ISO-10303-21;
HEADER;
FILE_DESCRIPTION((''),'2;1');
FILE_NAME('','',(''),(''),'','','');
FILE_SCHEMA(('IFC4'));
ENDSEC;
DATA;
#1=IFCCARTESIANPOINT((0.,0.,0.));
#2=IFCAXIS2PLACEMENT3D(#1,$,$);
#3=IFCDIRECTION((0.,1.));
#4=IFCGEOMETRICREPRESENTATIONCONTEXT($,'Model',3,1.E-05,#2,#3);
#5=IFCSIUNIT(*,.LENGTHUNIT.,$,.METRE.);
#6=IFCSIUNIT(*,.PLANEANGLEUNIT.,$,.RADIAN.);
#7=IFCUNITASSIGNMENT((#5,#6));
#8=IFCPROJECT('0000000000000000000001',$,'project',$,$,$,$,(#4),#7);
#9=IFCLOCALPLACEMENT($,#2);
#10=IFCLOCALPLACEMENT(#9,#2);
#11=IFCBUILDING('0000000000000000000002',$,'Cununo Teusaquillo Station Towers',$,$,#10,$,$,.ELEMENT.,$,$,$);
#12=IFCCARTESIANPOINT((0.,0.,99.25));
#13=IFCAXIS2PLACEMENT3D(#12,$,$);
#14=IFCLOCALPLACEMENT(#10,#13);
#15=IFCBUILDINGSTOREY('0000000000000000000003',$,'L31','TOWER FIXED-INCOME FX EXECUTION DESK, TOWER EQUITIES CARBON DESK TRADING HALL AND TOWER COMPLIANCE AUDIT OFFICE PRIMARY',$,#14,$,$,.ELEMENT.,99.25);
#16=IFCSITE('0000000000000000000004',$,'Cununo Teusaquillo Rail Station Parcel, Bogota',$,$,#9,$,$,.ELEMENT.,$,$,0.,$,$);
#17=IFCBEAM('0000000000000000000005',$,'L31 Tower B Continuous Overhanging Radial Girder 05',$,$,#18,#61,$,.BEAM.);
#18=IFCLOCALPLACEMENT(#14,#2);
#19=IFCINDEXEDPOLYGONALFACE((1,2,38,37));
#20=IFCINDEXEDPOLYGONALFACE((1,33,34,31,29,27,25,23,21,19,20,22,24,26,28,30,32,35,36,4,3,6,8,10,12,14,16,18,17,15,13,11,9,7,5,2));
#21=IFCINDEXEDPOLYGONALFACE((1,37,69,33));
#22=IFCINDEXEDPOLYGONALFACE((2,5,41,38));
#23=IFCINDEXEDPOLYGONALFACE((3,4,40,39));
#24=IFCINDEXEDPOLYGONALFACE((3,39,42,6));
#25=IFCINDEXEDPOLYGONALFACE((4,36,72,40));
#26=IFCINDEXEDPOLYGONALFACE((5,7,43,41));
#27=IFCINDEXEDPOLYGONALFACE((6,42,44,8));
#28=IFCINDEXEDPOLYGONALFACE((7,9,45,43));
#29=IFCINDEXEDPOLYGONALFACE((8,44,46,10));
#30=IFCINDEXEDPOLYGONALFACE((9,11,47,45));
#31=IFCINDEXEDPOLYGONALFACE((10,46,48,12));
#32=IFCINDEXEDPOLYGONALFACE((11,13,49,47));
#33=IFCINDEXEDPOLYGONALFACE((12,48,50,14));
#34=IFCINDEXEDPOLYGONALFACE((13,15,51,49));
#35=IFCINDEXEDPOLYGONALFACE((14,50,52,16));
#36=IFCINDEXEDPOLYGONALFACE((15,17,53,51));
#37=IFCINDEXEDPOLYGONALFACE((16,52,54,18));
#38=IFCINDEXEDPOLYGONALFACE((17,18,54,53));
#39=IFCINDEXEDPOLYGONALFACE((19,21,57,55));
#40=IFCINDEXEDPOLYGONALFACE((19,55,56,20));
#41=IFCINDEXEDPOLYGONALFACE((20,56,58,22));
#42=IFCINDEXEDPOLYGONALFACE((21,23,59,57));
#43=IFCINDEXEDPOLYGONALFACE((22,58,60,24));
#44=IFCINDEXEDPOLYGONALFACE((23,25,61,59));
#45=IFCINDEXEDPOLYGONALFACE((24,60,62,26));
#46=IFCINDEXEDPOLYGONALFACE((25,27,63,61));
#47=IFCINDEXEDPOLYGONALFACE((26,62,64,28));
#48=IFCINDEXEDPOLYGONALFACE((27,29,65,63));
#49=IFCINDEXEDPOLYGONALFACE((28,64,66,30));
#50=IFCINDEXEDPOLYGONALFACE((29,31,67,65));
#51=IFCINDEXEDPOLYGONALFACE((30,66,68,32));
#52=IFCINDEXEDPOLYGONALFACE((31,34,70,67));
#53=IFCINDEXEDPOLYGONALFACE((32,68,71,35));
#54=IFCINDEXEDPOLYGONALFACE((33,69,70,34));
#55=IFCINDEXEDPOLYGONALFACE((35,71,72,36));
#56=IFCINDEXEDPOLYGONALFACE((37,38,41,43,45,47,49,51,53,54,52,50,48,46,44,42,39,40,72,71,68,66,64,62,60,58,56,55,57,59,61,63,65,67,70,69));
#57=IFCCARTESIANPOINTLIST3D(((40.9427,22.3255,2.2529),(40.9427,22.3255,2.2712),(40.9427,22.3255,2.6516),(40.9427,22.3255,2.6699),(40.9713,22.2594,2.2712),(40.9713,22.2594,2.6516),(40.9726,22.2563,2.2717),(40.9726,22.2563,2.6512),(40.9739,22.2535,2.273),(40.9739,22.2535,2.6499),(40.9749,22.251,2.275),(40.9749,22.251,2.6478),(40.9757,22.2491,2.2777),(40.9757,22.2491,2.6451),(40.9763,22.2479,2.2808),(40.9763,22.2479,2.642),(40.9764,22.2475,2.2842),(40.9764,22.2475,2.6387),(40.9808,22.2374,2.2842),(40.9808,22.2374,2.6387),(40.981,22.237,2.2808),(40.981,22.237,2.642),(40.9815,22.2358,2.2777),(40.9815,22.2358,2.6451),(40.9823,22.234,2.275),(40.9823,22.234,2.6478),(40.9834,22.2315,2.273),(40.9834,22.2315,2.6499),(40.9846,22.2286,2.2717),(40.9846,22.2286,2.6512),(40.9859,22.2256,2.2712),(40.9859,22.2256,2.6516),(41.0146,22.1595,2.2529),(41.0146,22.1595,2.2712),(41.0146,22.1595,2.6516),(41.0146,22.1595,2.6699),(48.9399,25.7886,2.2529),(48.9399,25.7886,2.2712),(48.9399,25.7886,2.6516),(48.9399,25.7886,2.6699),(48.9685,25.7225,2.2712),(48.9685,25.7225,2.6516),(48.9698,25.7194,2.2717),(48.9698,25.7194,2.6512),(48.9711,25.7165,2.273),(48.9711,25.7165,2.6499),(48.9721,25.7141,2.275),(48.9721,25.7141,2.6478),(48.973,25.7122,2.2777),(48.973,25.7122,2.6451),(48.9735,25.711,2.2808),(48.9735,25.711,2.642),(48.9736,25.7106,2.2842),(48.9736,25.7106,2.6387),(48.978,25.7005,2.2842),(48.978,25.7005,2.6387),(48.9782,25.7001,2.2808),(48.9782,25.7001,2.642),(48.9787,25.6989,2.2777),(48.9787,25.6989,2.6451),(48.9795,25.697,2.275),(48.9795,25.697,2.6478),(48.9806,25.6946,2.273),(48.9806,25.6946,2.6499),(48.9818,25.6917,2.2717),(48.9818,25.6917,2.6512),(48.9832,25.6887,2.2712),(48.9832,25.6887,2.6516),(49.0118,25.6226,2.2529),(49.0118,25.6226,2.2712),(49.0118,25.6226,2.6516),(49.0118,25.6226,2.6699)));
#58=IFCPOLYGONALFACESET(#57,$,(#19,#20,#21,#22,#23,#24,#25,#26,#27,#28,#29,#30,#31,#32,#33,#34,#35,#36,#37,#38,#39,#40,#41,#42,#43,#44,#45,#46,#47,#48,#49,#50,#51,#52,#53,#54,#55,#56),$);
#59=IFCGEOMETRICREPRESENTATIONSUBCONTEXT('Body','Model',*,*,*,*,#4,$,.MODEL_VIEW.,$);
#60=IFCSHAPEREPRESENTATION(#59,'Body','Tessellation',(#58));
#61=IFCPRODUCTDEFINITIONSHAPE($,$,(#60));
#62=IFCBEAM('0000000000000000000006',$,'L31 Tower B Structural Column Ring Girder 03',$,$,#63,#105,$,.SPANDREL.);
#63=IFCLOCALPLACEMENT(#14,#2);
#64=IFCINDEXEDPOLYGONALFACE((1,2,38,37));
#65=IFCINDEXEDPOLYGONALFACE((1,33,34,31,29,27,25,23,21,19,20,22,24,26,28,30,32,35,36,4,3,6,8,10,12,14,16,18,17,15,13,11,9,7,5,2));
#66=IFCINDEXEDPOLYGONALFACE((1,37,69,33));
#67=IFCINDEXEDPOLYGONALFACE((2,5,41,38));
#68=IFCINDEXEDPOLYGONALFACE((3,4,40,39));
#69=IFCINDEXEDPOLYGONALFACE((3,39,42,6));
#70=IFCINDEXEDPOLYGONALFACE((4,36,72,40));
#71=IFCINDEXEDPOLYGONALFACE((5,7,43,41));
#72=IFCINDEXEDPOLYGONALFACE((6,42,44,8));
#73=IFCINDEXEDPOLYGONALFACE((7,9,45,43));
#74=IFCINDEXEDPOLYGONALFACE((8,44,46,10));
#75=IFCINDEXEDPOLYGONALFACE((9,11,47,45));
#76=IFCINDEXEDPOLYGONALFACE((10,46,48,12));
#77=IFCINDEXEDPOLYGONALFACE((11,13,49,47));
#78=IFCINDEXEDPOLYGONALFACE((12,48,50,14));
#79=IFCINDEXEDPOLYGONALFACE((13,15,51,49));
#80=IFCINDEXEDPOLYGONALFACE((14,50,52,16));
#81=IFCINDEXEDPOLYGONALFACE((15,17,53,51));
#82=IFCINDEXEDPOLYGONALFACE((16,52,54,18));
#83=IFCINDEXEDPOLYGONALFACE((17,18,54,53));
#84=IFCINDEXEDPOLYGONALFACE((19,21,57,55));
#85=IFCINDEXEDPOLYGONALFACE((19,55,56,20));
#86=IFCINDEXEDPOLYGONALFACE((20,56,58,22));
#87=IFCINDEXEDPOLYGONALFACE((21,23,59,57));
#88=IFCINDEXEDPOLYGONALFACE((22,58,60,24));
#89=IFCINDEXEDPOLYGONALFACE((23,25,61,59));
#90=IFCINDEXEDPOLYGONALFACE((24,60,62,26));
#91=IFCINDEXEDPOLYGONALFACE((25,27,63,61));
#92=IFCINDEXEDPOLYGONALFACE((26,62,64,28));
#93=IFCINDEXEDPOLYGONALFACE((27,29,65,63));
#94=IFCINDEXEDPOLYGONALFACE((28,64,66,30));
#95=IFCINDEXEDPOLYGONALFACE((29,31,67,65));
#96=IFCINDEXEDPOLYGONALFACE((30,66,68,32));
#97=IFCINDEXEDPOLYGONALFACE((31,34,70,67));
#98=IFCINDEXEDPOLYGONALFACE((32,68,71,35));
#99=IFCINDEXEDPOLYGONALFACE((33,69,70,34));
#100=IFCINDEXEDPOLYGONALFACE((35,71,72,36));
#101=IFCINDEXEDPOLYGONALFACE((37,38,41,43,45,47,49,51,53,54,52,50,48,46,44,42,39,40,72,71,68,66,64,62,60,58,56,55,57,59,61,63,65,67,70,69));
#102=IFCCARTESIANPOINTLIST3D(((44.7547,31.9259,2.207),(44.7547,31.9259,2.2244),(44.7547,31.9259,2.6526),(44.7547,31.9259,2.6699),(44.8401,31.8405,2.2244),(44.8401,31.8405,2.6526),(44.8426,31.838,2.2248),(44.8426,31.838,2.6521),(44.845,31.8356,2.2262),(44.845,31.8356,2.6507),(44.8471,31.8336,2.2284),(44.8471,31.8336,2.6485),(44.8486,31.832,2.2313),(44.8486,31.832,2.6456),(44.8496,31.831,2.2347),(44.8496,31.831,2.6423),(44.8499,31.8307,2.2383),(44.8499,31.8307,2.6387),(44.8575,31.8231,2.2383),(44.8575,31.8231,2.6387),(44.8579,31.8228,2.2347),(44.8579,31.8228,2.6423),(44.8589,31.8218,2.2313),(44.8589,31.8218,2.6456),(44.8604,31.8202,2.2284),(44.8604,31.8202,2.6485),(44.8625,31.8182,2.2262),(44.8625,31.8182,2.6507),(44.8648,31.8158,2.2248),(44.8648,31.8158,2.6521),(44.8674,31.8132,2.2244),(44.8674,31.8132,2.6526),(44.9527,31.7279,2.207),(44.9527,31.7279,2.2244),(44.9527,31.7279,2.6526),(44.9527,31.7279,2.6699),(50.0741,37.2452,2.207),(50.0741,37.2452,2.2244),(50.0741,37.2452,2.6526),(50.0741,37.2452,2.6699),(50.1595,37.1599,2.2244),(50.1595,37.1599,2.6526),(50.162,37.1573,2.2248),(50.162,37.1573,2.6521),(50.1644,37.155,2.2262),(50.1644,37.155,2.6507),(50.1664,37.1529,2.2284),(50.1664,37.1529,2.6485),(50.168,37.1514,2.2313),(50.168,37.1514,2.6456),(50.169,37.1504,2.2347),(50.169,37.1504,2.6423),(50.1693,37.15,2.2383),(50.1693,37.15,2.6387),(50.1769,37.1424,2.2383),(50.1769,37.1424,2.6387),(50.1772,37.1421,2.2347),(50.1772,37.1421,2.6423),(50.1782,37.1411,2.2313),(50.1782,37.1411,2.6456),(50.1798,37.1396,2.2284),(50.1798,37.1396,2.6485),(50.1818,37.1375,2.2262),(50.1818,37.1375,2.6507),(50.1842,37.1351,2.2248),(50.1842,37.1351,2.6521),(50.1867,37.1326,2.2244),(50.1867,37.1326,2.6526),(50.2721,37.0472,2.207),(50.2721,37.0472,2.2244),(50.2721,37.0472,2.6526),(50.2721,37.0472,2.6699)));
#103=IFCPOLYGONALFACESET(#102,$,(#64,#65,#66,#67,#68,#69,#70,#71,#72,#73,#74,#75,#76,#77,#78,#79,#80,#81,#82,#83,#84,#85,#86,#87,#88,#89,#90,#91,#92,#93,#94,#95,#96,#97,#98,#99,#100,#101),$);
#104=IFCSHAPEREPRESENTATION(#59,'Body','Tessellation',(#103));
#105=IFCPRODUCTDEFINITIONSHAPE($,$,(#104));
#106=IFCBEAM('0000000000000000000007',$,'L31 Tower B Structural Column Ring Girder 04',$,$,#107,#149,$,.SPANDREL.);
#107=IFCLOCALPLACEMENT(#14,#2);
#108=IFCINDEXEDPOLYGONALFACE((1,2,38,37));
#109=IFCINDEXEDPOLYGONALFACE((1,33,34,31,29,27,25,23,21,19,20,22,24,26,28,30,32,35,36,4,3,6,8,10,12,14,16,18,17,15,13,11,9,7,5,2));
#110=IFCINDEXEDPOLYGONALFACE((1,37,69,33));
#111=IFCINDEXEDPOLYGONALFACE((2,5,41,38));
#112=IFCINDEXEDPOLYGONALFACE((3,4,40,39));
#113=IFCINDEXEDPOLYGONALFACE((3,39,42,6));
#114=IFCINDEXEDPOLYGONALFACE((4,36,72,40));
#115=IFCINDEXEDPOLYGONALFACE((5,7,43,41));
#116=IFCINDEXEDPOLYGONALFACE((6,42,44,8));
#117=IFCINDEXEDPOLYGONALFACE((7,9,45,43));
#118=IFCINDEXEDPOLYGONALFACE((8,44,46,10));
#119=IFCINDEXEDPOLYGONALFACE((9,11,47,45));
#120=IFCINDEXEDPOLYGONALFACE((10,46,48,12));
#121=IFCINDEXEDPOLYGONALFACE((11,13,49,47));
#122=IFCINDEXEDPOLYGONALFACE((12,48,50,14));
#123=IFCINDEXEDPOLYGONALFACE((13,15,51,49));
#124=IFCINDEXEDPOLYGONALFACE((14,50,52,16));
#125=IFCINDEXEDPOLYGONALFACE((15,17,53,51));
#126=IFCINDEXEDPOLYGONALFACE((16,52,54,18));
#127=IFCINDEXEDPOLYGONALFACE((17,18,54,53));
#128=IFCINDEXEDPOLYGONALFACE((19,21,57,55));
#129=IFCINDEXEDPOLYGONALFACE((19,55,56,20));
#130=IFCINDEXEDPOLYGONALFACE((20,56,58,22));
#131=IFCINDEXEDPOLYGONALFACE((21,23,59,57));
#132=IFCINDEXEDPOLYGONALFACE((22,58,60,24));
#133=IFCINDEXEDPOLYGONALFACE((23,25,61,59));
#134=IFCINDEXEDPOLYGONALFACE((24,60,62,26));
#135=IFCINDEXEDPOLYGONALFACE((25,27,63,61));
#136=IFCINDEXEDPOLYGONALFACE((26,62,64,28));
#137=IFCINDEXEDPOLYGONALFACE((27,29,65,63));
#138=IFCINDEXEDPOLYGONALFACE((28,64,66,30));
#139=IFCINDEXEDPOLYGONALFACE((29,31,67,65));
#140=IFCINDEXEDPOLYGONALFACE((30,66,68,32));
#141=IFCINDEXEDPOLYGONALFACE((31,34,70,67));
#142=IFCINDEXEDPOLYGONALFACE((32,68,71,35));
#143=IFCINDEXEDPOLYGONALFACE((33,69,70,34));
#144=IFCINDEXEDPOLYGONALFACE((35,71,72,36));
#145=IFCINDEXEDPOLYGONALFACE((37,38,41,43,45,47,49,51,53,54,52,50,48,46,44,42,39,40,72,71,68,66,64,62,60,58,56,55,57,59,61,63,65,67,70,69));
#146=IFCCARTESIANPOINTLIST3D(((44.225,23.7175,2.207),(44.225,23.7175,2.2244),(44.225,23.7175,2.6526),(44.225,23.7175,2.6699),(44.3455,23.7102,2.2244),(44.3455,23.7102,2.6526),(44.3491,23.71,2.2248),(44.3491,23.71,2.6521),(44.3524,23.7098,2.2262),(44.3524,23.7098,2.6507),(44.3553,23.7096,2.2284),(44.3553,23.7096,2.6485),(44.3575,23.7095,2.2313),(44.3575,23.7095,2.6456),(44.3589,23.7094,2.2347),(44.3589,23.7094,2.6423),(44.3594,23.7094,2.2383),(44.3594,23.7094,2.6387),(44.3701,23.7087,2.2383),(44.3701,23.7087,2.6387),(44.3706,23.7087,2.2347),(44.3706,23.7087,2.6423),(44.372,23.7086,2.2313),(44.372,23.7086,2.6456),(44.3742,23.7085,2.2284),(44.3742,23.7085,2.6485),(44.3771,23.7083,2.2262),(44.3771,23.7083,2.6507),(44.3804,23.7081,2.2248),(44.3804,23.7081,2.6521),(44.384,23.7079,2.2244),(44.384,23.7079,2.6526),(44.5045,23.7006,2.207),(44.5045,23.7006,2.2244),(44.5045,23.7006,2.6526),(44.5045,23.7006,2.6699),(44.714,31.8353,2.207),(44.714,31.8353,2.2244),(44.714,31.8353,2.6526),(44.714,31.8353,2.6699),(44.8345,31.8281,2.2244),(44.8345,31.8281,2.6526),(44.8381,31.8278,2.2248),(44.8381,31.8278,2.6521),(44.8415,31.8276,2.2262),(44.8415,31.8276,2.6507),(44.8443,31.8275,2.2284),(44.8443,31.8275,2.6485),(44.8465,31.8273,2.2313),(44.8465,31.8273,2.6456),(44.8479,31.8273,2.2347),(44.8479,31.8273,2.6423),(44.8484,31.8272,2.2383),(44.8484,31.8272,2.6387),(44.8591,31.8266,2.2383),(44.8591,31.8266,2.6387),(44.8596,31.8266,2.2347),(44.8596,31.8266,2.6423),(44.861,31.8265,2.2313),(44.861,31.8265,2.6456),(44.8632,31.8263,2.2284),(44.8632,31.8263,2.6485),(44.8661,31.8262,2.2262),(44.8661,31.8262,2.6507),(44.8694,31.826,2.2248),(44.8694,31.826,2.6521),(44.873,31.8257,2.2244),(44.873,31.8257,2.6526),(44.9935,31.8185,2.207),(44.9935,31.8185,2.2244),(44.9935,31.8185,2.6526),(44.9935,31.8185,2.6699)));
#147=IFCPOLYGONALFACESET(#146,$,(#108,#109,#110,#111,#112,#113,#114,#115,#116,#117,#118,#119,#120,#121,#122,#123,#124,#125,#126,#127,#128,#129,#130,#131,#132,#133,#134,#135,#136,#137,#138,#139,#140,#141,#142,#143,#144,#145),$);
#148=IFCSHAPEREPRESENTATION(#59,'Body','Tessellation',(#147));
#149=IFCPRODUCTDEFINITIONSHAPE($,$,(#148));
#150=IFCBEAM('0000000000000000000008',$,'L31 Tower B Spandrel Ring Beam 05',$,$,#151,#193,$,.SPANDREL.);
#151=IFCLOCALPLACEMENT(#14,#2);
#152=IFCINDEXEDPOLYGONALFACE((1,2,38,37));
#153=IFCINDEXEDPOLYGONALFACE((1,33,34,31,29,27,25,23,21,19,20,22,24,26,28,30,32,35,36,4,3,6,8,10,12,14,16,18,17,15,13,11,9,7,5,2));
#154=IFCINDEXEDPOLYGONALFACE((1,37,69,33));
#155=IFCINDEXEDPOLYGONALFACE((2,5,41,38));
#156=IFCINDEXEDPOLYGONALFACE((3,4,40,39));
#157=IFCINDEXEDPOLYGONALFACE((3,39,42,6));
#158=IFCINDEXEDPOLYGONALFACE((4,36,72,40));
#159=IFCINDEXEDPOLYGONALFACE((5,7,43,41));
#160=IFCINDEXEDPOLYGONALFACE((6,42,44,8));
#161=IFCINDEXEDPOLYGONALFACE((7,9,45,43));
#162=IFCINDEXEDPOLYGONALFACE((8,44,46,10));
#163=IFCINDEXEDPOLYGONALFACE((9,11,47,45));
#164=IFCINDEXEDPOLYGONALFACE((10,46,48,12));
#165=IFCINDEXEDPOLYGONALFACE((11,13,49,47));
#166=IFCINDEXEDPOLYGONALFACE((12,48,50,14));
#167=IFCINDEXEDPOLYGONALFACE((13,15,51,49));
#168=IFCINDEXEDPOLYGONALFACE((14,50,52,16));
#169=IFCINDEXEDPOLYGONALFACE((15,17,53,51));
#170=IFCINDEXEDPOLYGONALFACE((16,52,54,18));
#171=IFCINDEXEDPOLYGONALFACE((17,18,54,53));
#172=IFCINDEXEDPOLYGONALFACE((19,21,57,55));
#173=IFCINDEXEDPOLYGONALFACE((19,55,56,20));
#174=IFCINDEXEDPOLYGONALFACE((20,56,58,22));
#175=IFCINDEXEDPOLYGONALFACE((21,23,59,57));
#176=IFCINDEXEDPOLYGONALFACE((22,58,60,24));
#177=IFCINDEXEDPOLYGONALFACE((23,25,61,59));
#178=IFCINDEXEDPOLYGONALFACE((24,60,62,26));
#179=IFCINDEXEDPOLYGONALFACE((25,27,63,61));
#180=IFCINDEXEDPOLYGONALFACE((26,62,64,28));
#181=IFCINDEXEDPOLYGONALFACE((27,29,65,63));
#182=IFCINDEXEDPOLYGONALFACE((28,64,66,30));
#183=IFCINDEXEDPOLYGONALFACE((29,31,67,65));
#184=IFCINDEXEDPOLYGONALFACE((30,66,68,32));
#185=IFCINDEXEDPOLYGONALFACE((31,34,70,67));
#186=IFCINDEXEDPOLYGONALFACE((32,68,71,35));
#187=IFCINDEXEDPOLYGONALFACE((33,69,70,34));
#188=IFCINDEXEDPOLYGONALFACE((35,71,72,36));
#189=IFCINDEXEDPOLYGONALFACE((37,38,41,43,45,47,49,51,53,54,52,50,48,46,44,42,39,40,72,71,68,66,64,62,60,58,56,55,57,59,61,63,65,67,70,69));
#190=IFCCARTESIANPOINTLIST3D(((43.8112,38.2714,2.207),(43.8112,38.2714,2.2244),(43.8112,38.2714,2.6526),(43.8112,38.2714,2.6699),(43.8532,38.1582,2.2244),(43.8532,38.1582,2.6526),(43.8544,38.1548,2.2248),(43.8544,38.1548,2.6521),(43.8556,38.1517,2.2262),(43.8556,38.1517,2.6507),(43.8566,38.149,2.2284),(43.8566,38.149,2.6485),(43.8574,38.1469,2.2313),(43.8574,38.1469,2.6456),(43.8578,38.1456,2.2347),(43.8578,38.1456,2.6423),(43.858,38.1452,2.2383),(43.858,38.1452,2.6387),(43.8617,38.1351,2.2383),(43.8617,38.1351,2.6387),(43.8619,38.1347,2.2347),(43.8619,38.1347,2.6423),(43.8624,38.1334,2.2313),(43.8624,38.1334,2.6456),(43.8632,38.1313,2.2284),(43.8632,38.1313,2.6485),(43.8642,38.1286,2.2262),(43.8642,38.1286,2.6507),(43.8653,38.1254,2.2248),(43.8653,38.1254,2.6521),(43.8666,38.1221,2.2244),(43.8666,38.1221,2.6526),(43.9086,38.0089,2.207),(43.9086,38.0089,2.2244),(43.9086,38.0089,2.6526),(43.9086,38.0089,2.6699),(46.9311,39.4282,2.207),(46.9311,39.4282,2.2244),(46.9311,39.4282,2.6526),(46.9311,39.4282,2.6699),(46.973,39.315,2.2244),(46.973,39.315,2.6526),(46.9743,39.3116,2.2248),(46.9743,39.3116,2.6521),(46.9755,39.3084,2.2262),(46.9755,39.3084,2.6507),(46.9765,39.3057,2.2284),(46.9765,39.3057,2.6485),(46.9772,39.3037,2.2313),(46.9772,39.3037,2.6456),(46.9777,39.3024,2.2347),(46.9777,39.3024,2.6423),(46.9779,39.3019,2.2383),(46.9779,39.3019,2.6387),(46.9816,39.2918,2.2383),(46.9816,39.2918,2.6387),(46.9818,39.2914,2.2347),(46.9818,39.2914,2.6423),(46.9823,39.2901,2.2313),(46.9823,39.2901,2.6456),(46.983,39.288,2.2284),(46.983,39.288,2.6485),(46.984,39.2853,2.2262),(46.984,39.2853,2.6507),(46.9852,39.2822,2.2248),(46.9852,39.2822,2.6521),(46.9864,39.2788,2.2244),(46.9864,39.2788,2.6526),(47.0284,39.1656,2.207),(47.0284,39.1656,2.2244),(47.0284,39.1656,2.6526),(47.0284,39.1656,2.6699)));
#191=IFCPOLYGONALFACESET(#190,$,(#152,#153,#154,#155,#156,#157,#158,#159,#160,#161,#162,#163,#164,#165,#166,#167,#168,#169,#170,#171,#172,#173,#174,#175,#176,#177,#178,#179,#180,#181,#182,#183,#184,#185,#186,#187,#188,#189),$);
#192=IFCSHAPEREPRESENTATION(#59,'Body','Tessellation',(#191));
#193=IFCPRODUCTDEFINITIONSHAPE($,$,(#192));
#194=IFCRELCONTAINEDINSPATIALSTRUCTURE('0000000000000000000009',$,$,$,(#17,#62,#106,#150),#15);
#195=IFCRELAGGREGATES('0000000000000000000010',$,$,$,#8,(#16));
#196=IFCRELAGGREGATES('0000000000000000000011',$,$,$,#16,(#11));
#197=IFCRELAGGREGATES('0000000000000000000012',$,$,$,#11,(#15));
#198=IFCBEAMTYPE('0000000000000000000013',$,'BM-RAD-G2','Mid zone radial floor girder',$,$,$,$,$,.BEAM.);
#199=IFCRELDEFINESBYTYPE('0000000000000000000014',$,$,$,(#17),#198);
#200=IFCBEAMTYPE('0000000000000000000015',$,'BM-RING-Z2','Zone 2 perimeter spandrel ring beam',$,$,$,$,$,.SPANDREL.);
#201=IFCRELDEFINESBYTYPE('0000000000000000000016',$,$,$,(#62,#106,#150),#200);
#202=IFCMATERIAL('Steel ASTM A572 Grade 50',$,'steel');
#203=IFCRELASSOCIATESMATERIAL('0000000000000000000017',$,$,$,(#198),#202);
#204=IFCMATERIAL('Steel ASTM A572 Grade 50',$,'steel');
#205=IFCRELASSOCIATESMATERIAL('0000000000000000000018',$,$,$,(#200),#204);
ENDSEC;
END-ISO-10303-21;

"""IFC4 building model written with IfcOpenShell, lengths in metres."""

from ifc_helpers import new_model, si_unit, direction, frame, origin, origin_2d, place, context, subcontext, project, spatial, i_section, extrude, material, material_profile, profile_set, type_object, element, save


model = new_model("IFC4")

# Units and contexts
model_context = context("Model", 3, precision=1e-05, world=origin(), true_north=direction((0.0, 1.0)))
body_context = subcontext(model_context, "Body", "Model", "MODEL_VIEW")
ifc_project = project(units=[si_unit("LENGTHUNIT", "METRE"), si_unit("PLANEANGLEUNIT", "RADIAN")], contexts=[model_context])

# Site, building, storey
site_placement = place(None, origin())
site = spatial("IfcSite", under=ifc_project, at=site_placement, Name="Cununo Teusaquillo Rail Station Parcel, Bogota", CompositionType="ELEMENT", RefElevation=0.0)
building_placement = place(site_placement, origin())
building = spatial("IfcBuilding", under=site, at=building_placement, Name="Cununo Teusaquillo Station Towers", CompositionType="ELEMENT")
storey_placement = place(building_placement, frame((0.0, 0.0, 99.25)))
storey = spatial("IfcBuildingStorey", under=building, at=storey_placement, Name="L31", Description="TOWER FIXED-INCOME FX EXECUTION DESK, TOWER EQUITIES CARBON DESK TRADING HALL AND TOWER COMPLIANCE AUDIT OFFICE PRIMARY", CompositionType="ELEMENT", Elevation=99.25)

# Beams
ifc_material_1 = material(Name="Steel ASTM A572 Grade 50", Category="steel")
ifc_material_profile_1 = material_profile(ifc_material_1, i_section(OverallWidth=0.1809, OverallDepth=0.417, WebThickness=0.011, FlangeThickness=0.0183, FilletRadius=0.0129, at=origin_2d()), Name="W16X57")
ifc_profile_set_1 = profile_set([ifc_material_profile_1], Name="Steel ASTM A572 Grade 50")
beam_type_1 = type_object("IfcBeamType", Name="BM-RAD-G2", Description="Mid zone radial floor girder", PredefinedType="BEAM", material=ifc_profile_set_1)
beam_1_placement = place(storey_placement, frame((48.9758, 25.7056, 2.4614), z_axis=(-0.917655, -0.397379, 0.0), x_axis=(0.397379, -0.917655, 0.0)))
element("IfcBeam", 1, at=beam_1_placement, inside=storey, type_object=beam_type_1, Name="L31 Tower B Continuous Overhanging Radial Girder 05", PredefinedType="BEAM", context=body_context, shape_type="SweptSolid", body=[
    extrude(i_section(OverallWidth=0.1809, OverallDepth=0.417, WebThickness=0.011, FlangeThickness=0.0183, FilletRadius=0.0129, at=origin_2d()), origin(), (0.0, 0.0, 1.0), 8.7148),
])
ifc_material_2 = material(Name="Steel ASTM A572 Grade 50", Category="steel")
ifc_material_profile_2 = material_profile(ifc_material_2, i_section(OverallWidth=0.28, OverallDepth=0.4629, WebThickness=0.0107, FlangeThickness=0.0173, FilletRadius=0.0139, at=origin_2d()), Name="W18X76")
ifc_profile_set_2 = profile_set([ifc_material_profile_2], Name="Steel ASTM A572 Grade 50")
beam_type_2 = type_object("IfcBeamType", Name="BM-RING-Z2", Description="Zone 2 perimeter spandrel ring beam", PredefinedType="SPANDREL", material=ifc_profile_set_2)
beam_2_placement = place(storey_placement, frame((50.1731, 37.1462, 2.4385), z_axis=(-0.707107, -0.707107, 0.0), x_axis=(0.707107, -0.707107, 0.0)))
element("IfcBeam", 2, at=beam_2_placement, inside=storey, type_object=beam_type_2, Name="L31 Tower B Structural Column Ring Girder 03", PredefinedType="SPANDREL", context=body_context, shape_type="SweptSolid", body=[
    extrude(i_section(OverallWidth=0.28, OverallDepth=0.4629, WebThickness=0.0107, FlangeThickness=0.0173, FilletRadius=0.0139, at=origin_2d()), origin(), (0.0, 0.0, 1.0), 7.5227),
])
beam_3_placement = place(storey_placement, frame((44.8538, 31.8269, 2.4385), z_axis=(-0.06013, -0.998191, 0.0), x_axis=(0.998191, -0.06013, 0.0)))
element("IfcBeam", 3, at=beam_3_placement, inside=storey, type_object=beam_type_2, Name="L31 Tower B Structural Column Ring Girder 04", PredefinedType="SPANDREL", context=body_context, shape_type="SweptSolid", body=[
    extrude(i_section(OverallWidth=0.28, OverallDepth=0.4629, WebThickness=0.0107, FlangeThickness=0.0173, FilletRadius=0.0139, at=origin_2d()), origin(), (0.0, 0.0, 1.0), 8.1326),
])
for number, where, z_axis, x_axis, name in (
    (4, (46.9797, 39.2969, 2.4385), (-0.937628, -0.347639, 0.0), (0.347639, -0.937628, 0.0), "L31 Tower B Spandrel Ring Beam 05"),
):
    element("IfcBeam", number, at=place(storey_placement, frame(where, z_axis=z_axis, x_axis=x_axis)), inside=storey, type_object=beam_type_2, Name=name, PredefinedType="SPANDREL", context=body_context, shape_type="SweptSolid", body=[
        extrude(i_section(OverallWidth=0.28, OverallDepth=0.4629, WebThickness=0.0107, FlangeThickness=0.0173, FilletRadius=0.0139, at=origin_2d()), origin(), (0.0, 0.0, 1.0), 3.3274),
    ])

save(model, "model.ifc")
